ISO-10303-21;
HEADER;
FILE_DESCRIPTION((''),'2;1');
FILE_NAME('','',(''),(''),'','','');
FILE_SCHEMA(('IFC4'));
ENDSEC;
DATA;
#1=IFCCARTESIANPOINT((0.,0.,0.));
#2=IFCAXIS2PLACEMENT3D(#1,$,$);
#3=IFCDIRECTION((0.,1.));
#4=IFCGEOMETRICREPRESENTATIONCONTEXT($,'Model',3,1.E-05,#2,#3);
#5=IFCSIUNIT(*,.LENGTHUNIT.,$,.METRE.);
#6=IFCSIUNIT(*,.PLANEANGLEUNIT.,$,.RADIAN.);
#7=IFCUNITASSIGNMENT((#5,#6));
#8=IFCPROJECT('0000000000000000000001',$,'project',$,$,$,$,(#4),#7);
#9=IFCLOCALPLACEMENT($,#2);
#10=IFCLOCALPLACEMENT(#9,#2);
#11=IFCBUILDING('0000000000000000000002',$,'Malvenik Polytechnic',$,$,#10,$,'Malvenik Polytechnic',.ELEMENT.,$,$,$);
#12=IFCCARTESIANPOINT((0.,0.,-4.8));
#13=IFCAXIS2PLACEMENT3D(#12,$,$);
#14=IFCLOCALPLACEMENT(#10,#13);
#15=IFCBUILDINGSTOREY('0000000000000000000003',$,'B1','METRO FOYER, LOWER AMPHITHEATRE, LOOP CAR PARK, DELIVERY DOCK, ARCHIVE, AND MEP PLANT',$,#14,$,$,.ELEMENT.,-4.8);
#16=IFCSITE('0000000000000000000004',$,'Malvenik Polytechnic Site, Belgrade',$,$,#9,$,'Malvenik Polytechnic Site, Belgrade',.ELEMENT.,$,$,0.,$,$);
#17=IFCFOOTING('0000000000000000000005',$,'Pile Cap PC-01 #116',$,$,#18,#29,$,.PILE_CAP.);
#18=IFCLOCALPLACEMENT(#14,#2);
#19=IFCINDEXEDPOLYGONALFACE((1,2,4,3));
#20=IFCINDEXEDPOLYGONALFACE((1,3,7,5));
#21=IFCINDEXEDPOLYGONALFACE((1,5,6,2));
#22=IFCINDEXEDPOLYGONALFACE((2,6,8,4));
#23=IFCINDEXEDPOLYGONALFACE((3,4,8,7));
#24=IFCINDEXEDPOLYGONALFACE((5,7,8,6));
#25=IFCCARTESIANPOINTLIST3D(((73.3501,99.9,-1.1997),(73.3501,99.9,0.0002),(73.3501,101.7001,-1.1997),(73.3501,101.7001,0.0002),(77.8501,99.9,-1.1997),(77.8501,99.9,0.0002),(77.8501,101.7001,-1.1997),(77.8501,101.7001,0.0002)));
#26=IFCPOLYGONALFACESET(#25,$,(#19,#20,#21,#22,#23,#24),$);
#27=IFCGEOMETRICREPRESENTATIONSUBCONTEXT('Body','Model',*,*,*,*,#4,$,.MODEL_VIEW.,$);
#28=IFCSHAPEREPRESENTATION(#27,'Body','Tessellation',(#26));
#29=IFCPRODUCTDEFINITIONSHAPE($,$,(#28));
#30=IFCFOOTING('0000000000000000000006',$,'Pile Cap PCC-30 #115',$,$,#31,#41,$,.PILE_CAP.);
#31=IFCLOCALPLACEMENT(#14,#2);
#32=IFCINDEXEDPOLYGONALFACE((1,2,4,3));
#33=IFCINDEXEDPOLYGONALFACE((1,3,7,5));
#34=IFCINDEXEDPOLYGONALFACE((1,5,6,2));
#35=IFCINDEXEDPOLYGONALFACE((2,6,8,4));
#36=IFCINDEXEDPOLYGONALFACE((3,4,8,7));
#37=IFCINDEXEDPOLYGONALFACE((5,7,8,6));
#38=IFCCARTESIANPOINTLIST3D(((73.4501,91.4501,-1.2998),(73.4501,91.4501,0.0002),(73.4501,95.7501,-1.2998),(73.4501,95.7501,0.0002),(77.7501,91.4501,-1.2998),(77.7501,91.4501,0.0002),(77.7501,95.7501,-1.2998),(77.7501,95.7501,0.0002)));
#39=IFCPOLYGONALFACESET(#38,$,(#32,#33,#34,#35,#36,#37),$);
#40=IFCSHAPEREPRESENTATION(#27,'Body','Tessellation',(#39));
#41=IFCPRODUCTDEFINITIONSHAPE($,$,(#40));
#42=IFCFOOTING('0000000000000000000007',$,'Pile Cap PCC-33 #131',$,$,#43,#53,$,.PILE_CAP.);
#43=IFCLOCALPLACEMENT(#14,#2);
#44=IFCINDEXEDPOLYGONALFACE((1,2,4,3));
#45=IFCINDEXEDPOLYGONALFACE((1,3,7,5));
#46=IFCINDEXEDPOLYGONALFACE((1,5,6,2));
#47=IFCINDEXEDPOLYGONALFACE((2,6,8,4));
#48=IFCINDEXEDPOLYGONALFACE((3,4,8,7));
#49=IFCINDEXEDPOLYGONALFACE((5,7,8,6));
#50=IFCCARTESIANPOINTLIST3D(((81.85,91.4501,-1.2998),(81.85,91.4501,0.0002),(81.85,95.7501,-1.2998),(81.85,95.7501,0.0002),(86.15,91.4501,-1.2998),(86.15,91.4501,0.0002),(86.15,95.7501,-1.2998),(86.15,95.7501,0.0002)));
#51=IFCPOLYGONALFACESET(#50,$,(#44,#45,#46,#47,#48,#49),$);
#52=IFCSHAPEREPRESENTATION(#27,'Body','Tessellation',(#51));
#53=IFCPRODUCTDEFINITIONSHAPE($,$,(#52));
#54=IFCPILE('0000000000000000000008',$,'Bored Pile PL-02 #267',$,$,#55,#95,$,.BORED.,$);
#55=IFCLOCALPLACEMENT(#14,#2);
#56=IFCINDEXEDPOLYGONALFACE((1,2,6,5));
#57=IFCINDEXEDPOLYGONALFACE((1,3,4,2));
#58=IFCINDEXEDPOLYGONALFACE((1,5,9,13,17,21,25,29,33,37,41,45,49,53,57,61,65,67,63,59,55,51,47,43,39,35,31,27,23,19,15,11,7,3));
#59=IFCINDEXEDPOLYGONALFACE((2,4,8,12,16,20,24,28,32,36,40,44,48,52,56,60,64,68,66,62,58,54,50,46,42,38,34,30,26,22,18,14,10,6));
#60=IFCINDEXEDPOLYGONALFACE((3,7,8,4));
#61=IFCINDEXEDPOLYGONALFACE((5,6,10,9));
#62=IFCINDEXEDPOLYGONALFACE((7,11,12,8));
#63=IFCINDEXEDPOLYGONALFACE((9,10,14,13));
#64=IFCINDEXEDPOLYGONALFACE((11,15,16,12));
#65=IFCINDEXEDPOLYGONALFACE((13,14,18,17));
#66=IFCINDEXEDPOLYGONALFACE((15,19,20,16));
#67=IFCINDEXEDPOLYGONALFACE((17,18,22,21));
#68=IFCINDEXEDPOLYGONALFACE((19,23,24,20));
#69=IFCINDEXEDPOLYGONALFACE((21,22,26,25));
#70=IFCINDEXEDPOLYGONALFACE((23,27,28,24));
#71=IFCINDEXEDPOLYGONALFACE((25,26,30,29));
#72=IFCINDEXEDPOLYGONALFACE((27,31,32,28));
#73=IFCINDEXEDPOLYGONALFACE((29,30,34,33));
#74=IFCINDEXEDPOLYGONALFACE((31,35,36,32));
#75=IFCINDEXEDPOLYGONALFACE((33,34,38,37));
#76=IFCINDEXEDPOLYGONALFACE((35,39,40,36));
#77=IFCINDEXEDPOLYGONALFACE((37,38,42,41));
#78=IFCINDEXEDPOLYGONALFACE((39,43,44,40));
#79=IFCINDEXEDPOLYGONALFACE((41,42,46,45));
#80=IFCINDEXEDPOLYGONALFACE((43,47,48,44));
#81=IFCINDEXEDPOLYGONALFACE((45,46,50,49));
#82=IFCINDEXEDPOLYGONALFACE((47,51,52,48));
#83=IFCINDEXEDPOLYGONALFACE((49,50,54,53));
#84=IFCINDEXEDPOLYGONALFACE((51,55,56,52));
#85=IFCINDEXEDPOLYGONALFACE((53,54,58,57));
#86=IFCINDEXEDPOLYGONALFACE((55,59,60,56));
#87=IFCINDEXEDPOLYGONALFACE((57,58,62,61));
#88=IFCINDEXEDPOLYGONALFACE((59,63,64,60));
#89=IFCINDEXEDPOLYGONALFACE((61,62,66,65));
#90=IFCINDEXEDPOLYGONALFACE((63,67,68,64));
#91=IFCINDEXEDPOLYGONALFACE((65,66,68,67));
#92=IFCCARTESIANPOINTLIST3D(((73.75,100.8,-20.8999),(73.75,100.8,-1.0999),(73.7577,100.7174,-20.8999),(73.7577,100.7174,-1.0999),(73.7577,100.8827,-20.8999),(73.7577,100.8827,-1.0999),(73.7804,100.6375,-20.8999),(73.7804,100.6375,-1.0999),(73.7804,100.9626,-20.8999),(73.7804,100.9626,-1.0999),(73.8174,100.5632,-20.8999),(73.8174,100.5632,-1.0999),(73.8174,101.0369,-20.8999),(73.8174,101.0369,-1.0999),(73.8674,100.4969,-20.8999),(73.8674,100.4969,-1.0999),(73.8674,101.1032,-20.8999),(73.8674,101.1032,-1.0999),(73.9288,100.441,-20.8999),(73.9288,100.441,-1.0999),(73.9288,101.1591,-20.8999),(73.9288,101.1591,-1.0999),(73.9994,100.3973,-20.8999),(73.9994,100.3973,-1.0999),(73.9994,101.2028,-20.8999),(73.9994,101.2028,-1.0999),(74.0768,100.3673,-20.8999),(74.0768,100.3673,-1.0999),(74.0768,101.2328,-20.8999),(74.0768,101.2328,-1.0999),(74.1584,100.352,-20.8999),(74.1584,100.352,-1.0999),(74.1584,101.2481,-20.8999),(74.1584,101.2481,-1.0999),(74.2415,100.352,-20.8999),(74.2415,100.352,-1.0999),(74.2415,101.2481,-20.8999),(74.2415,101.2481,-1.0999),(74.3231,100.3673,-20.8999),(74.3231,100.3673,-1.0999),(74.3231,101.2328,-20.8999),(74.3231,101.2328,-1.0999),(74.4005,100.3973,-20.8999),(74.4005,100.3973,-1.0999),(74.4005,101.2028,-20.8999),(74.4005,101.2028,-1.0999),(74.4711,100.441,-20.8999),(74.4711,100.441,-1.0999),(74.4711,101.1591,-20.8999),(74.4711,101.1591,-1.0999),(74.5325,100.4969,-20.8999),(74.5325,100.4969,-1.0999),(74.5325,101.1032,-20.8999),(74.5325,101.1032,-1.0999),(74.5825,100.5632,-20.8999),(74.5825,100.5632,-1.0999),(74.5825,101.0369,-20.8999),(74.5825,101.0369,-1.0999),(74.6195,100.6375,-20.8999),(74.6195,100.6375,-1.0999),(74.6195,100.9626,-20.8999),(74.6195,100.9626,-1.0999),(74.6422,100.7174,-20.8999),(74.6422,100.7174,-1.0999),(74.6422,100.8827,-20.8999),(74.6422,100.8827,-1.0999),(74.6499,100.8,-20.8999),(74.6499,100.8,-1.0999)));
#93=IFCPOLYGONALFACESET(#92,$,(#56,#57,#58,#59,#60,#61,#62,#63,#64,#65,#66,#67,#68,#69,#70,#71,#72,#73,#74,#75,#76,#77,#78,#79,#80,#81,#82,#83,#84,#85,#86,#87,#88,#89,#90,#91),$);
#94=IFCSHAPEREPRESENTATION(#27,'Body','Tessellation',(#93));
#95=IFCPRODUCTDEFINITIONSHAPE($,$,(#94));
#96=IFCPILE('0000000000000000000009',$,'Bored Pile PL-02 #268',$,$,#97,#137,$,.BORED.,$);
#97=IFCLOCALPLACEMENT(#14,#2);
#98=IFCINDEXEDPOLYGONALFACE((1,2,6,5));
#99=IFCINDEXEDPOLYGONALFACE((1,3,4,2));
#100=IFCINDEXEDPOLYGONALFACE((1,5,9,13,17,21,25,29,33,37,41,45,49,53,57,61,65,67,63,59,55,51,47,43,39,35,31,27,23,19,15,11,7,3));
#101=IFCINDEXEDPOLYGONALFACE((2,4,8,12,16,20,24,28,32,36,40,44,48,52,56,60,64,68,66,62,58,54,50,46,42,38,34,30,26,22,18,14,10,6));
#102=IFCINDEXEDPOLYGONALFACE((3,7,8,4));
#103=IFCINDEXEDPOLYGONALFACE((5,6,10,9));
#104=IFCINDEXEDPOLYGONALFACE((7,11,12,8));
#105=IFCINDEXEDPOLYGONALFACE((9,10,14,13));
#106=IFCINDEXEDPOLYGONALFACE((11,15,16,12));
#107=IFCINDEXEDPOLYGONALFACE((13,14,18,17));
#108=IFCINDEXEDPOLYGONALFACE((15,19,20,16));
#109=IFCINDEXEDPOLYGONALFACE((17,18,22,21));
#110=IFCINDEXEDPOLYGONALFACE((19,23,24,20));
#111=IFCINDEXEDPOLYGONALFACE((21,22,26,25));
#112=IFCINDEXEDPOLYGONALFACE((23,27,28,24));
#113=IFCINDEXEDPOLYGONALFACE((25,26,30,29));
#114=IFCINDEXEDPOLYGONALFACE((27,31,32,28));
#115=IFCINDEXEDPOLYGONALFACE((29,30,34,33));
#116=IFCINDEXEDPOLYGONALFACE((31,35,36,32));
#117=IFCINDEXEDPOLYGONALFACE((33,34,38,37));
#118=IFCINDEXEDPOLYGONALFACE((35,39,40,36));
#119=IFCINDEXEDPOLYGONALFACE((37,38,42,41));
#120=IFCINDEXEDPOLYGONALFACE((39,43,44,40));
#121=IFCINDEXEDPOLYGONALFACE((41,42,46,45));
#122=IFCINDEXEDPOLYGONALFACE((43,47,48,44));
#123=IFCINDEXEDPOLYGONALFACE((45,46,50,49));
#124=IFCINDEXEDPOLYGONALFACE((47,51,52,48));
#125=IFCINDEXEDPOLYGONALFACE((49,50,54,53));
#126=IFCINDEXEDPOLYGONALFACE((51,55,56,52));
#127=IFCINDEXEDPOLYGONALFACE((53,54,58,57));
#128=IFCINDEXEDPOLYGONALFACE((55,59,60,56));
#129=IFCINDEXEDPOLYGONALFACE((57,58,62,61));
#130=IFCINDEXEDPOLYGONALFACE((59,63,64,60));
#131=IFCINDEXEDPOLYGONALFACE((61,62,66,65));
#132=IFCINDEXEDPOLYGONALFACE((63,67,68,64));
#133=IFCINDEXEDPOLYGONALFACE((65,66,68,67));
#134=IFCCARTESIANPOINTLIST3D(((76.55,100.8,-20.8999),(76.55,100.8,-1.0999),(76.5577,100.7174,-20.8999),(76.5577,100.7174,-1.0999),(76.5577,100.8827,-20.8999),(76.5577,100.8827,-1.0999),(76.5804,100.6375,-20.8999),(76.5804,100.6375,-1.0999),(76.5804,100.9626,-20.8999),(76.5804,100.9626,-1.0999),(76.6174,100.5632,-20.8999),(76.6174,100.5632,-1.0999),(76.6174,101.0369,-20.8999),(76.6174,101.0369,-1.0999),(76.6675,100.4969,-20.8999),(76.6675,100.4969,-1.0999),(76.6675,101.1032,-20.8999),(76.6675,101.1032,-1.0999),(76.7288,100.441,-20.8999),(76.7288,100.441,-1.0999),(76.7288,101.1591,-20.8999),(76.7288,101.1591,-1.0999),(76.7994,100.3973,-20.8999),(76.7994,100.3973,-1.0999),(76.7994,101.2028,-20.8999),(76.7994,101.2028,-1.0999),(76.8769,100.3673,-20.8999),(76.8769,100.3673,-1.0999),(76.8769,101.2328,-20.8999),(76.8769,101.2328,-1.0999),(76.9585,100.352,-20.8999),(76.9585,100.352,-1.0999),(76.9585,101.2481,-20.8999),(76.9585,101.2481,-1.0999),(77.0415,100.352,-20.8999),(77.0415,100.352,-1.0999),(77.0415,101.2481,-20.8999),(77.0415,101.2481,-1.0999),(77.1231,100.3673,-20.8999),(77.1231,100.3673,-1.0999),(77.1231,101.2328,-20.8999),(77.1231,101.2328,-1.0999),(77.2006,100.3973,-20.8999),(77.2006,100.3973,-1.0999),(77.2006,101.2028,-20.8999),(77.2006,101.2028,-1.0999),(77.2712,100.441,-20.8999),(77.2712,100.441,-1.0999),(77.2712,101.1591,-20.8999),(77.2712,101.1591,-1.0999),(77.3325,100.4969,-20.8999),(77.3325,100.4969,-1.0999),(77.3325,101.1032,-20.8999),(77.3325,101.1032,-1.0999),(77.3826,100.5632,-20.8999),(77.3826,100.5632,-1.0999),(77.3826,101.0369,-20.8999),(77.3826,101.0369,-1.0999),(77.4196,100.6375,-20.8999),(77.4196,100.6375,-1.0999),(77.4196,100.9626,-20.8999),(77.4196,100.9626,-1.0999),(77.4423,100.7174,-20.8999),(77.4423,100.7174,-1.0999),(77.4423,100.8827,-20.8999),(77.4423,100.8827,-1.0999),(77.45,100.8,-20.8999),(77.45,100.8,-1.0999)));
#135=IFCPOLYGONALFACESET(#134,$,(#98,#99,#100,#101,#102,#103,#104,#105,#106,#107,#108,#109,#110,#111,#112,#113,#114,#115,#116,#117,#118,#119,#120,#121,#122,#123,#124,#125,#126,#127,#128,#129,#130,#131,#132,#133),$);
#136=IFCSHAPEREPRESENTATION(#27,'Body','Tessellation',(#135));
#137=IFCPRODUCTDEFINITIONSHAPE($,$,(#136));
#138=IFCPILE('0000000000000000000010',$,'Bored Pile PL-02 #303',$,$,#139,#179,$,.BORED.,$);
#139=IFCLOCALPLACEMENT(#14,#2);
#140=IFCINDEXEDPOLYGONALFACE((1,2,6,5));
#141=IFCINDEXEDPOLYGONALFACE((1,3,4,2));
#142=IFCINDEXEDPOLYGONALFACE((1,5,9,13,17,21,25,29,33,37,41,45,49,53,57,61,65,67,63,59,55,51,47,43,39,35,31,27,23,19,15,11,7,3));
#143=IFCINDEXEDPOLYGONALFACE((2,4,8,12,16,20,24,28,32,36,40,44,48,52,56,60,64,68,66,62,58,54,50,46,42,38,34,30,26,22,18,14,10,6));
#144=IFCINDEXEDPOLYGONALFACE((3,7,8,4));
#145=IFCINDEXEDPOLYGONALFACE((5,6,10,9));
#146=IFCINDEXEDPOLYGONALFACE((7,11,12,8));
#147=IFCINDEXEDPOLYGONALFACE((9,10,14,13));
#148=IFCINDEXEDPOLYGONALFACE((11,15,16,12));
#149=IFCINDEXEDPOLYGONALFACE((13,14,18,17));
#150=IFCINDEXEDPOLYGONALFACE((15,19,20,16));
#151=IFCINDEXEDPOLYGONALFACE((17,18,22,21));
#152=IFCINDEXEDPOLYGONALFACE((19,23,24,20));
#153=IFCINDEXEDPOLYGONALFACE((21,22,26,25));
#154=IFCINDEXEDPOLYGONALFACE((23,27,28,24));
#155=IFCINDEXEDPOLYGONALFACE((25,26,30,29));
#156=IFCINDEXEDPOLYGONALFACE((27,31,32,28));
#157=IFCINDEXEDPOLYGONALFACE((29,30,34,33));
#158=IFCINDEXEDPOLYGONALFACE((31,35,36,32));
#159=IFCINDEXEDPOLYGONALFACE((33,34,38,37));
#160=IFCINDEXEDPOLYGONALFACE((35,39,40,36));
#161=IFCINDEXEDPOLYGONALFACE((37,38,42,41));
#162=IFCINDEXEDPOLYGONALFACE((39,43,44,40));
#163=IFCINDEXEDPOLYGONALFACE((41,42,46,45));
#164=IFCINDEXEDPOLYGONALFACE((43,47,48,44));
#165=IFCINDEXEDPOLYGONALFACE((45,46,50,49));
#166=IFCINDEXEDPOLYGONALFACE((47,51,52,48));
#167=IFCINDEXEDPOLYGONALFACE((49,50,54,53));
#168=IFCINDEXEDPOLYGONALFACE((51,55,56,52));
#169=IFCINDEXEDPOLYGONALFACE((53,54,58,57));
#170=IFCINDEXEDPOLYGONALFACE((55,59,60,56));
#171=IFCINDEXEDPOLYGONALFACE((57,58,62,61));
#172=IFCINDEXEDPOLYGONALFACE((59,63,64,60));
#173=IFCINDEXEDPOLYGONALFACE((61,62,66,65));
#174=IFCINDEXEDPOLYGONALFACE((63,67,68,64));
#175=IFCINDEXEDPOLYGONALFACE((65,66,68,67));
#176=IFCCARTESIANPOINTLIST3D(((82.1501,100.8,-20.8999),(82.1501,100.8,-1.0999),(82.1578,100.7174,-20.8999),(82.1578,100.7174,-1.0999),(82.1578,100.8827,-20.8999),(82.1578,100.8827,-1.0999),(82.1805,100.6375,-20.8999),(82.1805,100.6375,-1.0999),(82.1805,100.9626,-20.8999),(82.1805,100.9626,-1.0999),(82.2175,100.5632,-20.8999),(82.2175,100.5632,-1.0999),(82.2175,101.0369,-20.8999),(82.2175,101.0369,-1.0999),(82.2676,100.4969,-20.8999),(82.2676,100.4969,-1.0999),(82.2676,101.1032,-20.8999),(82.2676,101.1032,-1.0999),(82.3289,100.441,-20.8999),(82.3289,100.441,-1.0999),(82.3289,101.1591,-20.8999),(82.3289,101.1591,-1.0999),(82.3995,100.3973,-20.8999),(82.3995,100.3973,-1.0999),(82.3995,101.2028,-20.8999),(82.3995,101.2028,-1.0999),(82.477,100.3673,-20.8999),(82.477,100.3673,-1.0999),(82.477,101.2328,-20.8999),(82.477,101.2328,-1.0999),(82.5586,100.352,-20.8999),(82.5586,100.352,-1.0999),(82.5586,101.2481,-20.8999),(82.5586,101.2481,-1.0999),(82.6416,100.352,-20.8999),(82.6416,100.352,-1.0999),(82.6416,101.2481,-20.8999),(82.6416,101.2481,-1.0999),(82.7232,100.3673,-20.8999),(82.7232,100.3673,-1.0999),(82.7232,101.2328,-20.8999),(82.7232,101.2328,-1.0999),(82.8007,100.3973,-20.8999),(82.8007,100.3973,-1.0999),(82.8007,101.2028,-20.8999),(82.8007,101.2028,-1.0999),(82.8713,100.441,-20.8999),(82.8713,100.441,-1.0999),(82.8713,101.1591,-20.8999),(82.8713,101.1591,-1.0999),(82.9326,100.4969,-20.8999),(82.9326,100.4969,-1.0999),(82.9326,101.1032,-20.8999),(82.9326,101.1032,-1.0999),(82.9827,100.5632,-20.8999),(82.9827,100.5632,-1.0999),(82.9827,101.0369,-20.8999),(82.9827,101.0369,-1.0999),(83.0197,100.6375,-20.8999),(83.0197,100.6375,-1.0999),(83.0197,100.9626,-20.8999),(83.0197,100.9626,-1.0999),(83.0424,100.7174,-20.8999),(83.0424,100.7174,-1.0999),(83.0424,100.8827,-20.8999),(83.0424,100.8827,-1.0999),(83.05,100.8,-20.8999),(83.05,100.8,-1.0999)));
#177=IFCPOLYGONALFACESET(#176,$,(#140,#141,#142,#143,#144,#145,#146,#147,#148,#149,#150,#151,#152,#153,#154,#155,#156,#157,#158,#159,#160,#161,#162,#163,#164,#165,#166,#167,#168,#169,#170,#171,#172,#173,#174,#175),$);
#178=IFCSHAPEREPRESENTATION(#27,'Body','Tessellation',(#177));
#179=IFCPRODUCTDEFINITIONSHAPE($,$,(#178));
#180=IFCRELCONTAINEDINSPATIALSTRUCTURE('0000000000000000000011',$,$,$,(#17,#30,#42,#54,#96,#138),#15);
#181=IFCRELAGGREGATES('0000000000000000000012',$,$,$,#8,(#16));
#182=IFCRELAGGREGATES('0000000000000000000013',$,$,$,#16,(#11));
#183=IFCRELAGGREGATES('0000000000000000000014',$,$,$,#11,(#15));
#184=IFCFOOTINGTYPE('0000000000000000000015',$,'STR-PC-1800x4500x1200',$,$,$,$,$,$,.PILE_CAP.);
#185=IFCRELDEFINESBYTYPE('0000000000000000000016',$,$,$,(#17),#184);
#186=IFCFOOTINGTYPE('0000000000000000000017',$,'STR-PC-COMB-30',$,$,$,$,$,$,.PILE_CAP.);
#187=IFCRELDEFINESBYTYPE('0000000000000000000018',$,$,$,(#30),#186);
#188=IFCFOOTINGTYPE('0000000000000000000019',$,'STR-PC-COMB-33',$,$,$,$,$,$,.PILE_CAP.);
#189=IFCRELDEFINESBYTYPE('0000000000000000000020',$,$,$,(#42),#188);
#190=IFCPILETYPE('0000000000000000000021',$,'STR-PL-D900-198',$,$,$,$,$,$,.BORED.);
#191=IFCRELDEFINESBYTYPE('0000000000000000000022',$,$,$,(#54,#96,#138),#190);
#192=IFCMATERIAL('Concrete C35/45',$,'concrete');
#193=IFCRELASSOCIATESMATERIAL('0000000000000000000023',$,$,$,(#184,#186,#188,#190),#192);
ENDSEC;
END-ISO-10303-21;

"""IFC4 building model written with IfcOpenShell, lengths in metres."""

from ifc_helpers import new_model, si_unit, direction, frame, origin, origin_2d, place, context, subcontext, project, spatial, rectangle, circle, extrude, material, material_profile, profile_set, type_object, element, save


model = new_model("IFC4")

# Units and contexts
model_context = context("Model", 3, precision=1e-05, world=origin(), true_north=direction((0.0, 1.0)))
body_context = subcontext(model_context, "Body", "Model", "MODEL_VIEW")
ifc_project = project(units=[si_unit("LENGTHUNIT", "METRE"), si_unit("PLANEANGLEUNIT", "RADIAN")], contexts=[model_context])

# Site, building, storey
site_placement = place(None, origin())
site = spatial("IfcSite", under=ifc_project, at=site_placement, Name="Malvenik Polytechnic Site, Belgrade", LongName="Malvenik Polytechnic Site, Belgrade", CompositionType="ELEMENT", RefElevation=0.0)
building_placement = place(site_placement, origin())
building = spatial("IfcBuilding", under=site, at=building_placement, Name="Malvenik Polytechnic", LongName="Malvenik Polytechnic", CompositionType="ELEMENT")
storey_placement = place(building_placement, frame((0.0, 0.0, -4.8)))
storey = spatial("IfcBuildingStorey", under=building, at=storey_placement, Name="B1", Description="METRO FOYER, LOWER AMPHITHEATRE, LOOP CAR PARK, DELIVERY DOCK, ARCHIVE, AND MEP PLANT", CompositionType="ELEMENT", Elevation=-4.8)

# Footings
ifc_material_1 = material(Name="Concrete C35/45", Category="concrete")
footing_type_1 = type_object("IfcFootingType", Name="STR-PC-1800x4500x1200", PredefinedType="PILE_CAP", material=ifc_material_1)
footing_1_placement = place(storey_placement, frame((75.6001, 100.8, -1.1997), z_axis=(0.0, 0.0, 1.0), x_axis=(1.0, 0.0, 0.0)))
element("IfcFooting", 1, at=footing_1_placement, inside=storey, type_object=footing_type_1, Name="Pile Cap PC-01 #116", PredefinedType="PILE_CAP", context=body_context, shape_type="SweptSolid", body=[
    extrude(rectangle(XDim=4.5, YDim=1.8, at=origin_2d()), origin(), (0.0, 0.0, 1.0), 1.2),
])
footing_type_2 = type_object("IfcFootingType", Name="STR-PC-COMB-30", PredefinedType="PILE_CAP", material=ifc_material_1)
footing_2_placement = place(storey_placement, frame((75.6001, 93.6001, -1.2998), z_axis=(0.0, 0.0, 1.0), x_axis=(1.0, 0.0, 0.0)))
element("IfcFooting", 2, at=footing_2_placement, inside=storey, type_object=footing_type_2, Name="Pile Cap PCC-30 #115", PredefinedType="PILE_CAP", context=body_context, shape_type="SweptSolid", body=[
    extrude(rectangle(XDim=4.3, YDim=4.3, at=origin_2d()), origin(), (0.0, 0.0, 1.0), 1.3),
])
footing_type_3 = type_object("IfcFootingType", Name="STR-PC-COMB-33", PredefinedType="PILE_CAP", material=ifc_material_1)
footing_3_placement = place(storey_placement, frame((84.0, 93.6001, -1.2998), z_axis=(0.0, 0.0, 1.0), x_axis=(1.0, 0.0, 0.0)))
element("IfcFooting", 3, at=footing_3_placement, inside=storey, type_object=footing_type_3, Name="Pile Cap PCC-33 #131", PredefinedType="PILE_CAP", context=body_context, shape_type="SweptSolid", body=[
    extrude(rectangle(XDim=4.3, YDim=4.3, at=origin_2d()), origin(), (0.0, 0.0, 1.0), 1.3),
])

# Piles
ifc_material_profile_1 = material_profile(ifc_material_1, circle(Radius=0.45, at=origin_2d()), Name="BORED PILE D900")
ifc_profile_set_1 = profile_set([ifc_material_profile_1], Name="Concrete C35/45")
pile_type_1 = type_object("IfcPileType", Name="STR-PL-D900-198", PredefinedType="BORED", material=ifc_profile_set_1)
for number, where, z_axis, x_axis, name in (
    (4, (74.2, 100.8, -1.0999), (0.0, 0.0, -1.0), (1.0, 0.0, 0.0), "Bored Pile PL-02 #267"),
    (5, (77.0, 100.8, -1.0999), (0.0, 0.0, -1.0), (1.0, 0.0, 0.0), "Bored Pile PL-02 #268"),
    (6, (82.6001, 100.8, -1.0999), (0.0, 0.0, -1.0), (1.0, 0.0, 0.0), "Bored Pile PL-02 #303"),
):
    element("IfcPile", number, at=place(storey_placement, frame(where, z_axis=z_axis, x_axis=x_axis)), inside=storey, type_object=pile_type_1, Name=name, PredefinedType="BORED", context=body_context, shape_type="SweptSolid", body=[
        extrude(circle(Radius=0.45, at=origin_2d()), origin(), (0.0, 0.0, 1.0), 19.8),
    ])

save(model, "model.ifc")
